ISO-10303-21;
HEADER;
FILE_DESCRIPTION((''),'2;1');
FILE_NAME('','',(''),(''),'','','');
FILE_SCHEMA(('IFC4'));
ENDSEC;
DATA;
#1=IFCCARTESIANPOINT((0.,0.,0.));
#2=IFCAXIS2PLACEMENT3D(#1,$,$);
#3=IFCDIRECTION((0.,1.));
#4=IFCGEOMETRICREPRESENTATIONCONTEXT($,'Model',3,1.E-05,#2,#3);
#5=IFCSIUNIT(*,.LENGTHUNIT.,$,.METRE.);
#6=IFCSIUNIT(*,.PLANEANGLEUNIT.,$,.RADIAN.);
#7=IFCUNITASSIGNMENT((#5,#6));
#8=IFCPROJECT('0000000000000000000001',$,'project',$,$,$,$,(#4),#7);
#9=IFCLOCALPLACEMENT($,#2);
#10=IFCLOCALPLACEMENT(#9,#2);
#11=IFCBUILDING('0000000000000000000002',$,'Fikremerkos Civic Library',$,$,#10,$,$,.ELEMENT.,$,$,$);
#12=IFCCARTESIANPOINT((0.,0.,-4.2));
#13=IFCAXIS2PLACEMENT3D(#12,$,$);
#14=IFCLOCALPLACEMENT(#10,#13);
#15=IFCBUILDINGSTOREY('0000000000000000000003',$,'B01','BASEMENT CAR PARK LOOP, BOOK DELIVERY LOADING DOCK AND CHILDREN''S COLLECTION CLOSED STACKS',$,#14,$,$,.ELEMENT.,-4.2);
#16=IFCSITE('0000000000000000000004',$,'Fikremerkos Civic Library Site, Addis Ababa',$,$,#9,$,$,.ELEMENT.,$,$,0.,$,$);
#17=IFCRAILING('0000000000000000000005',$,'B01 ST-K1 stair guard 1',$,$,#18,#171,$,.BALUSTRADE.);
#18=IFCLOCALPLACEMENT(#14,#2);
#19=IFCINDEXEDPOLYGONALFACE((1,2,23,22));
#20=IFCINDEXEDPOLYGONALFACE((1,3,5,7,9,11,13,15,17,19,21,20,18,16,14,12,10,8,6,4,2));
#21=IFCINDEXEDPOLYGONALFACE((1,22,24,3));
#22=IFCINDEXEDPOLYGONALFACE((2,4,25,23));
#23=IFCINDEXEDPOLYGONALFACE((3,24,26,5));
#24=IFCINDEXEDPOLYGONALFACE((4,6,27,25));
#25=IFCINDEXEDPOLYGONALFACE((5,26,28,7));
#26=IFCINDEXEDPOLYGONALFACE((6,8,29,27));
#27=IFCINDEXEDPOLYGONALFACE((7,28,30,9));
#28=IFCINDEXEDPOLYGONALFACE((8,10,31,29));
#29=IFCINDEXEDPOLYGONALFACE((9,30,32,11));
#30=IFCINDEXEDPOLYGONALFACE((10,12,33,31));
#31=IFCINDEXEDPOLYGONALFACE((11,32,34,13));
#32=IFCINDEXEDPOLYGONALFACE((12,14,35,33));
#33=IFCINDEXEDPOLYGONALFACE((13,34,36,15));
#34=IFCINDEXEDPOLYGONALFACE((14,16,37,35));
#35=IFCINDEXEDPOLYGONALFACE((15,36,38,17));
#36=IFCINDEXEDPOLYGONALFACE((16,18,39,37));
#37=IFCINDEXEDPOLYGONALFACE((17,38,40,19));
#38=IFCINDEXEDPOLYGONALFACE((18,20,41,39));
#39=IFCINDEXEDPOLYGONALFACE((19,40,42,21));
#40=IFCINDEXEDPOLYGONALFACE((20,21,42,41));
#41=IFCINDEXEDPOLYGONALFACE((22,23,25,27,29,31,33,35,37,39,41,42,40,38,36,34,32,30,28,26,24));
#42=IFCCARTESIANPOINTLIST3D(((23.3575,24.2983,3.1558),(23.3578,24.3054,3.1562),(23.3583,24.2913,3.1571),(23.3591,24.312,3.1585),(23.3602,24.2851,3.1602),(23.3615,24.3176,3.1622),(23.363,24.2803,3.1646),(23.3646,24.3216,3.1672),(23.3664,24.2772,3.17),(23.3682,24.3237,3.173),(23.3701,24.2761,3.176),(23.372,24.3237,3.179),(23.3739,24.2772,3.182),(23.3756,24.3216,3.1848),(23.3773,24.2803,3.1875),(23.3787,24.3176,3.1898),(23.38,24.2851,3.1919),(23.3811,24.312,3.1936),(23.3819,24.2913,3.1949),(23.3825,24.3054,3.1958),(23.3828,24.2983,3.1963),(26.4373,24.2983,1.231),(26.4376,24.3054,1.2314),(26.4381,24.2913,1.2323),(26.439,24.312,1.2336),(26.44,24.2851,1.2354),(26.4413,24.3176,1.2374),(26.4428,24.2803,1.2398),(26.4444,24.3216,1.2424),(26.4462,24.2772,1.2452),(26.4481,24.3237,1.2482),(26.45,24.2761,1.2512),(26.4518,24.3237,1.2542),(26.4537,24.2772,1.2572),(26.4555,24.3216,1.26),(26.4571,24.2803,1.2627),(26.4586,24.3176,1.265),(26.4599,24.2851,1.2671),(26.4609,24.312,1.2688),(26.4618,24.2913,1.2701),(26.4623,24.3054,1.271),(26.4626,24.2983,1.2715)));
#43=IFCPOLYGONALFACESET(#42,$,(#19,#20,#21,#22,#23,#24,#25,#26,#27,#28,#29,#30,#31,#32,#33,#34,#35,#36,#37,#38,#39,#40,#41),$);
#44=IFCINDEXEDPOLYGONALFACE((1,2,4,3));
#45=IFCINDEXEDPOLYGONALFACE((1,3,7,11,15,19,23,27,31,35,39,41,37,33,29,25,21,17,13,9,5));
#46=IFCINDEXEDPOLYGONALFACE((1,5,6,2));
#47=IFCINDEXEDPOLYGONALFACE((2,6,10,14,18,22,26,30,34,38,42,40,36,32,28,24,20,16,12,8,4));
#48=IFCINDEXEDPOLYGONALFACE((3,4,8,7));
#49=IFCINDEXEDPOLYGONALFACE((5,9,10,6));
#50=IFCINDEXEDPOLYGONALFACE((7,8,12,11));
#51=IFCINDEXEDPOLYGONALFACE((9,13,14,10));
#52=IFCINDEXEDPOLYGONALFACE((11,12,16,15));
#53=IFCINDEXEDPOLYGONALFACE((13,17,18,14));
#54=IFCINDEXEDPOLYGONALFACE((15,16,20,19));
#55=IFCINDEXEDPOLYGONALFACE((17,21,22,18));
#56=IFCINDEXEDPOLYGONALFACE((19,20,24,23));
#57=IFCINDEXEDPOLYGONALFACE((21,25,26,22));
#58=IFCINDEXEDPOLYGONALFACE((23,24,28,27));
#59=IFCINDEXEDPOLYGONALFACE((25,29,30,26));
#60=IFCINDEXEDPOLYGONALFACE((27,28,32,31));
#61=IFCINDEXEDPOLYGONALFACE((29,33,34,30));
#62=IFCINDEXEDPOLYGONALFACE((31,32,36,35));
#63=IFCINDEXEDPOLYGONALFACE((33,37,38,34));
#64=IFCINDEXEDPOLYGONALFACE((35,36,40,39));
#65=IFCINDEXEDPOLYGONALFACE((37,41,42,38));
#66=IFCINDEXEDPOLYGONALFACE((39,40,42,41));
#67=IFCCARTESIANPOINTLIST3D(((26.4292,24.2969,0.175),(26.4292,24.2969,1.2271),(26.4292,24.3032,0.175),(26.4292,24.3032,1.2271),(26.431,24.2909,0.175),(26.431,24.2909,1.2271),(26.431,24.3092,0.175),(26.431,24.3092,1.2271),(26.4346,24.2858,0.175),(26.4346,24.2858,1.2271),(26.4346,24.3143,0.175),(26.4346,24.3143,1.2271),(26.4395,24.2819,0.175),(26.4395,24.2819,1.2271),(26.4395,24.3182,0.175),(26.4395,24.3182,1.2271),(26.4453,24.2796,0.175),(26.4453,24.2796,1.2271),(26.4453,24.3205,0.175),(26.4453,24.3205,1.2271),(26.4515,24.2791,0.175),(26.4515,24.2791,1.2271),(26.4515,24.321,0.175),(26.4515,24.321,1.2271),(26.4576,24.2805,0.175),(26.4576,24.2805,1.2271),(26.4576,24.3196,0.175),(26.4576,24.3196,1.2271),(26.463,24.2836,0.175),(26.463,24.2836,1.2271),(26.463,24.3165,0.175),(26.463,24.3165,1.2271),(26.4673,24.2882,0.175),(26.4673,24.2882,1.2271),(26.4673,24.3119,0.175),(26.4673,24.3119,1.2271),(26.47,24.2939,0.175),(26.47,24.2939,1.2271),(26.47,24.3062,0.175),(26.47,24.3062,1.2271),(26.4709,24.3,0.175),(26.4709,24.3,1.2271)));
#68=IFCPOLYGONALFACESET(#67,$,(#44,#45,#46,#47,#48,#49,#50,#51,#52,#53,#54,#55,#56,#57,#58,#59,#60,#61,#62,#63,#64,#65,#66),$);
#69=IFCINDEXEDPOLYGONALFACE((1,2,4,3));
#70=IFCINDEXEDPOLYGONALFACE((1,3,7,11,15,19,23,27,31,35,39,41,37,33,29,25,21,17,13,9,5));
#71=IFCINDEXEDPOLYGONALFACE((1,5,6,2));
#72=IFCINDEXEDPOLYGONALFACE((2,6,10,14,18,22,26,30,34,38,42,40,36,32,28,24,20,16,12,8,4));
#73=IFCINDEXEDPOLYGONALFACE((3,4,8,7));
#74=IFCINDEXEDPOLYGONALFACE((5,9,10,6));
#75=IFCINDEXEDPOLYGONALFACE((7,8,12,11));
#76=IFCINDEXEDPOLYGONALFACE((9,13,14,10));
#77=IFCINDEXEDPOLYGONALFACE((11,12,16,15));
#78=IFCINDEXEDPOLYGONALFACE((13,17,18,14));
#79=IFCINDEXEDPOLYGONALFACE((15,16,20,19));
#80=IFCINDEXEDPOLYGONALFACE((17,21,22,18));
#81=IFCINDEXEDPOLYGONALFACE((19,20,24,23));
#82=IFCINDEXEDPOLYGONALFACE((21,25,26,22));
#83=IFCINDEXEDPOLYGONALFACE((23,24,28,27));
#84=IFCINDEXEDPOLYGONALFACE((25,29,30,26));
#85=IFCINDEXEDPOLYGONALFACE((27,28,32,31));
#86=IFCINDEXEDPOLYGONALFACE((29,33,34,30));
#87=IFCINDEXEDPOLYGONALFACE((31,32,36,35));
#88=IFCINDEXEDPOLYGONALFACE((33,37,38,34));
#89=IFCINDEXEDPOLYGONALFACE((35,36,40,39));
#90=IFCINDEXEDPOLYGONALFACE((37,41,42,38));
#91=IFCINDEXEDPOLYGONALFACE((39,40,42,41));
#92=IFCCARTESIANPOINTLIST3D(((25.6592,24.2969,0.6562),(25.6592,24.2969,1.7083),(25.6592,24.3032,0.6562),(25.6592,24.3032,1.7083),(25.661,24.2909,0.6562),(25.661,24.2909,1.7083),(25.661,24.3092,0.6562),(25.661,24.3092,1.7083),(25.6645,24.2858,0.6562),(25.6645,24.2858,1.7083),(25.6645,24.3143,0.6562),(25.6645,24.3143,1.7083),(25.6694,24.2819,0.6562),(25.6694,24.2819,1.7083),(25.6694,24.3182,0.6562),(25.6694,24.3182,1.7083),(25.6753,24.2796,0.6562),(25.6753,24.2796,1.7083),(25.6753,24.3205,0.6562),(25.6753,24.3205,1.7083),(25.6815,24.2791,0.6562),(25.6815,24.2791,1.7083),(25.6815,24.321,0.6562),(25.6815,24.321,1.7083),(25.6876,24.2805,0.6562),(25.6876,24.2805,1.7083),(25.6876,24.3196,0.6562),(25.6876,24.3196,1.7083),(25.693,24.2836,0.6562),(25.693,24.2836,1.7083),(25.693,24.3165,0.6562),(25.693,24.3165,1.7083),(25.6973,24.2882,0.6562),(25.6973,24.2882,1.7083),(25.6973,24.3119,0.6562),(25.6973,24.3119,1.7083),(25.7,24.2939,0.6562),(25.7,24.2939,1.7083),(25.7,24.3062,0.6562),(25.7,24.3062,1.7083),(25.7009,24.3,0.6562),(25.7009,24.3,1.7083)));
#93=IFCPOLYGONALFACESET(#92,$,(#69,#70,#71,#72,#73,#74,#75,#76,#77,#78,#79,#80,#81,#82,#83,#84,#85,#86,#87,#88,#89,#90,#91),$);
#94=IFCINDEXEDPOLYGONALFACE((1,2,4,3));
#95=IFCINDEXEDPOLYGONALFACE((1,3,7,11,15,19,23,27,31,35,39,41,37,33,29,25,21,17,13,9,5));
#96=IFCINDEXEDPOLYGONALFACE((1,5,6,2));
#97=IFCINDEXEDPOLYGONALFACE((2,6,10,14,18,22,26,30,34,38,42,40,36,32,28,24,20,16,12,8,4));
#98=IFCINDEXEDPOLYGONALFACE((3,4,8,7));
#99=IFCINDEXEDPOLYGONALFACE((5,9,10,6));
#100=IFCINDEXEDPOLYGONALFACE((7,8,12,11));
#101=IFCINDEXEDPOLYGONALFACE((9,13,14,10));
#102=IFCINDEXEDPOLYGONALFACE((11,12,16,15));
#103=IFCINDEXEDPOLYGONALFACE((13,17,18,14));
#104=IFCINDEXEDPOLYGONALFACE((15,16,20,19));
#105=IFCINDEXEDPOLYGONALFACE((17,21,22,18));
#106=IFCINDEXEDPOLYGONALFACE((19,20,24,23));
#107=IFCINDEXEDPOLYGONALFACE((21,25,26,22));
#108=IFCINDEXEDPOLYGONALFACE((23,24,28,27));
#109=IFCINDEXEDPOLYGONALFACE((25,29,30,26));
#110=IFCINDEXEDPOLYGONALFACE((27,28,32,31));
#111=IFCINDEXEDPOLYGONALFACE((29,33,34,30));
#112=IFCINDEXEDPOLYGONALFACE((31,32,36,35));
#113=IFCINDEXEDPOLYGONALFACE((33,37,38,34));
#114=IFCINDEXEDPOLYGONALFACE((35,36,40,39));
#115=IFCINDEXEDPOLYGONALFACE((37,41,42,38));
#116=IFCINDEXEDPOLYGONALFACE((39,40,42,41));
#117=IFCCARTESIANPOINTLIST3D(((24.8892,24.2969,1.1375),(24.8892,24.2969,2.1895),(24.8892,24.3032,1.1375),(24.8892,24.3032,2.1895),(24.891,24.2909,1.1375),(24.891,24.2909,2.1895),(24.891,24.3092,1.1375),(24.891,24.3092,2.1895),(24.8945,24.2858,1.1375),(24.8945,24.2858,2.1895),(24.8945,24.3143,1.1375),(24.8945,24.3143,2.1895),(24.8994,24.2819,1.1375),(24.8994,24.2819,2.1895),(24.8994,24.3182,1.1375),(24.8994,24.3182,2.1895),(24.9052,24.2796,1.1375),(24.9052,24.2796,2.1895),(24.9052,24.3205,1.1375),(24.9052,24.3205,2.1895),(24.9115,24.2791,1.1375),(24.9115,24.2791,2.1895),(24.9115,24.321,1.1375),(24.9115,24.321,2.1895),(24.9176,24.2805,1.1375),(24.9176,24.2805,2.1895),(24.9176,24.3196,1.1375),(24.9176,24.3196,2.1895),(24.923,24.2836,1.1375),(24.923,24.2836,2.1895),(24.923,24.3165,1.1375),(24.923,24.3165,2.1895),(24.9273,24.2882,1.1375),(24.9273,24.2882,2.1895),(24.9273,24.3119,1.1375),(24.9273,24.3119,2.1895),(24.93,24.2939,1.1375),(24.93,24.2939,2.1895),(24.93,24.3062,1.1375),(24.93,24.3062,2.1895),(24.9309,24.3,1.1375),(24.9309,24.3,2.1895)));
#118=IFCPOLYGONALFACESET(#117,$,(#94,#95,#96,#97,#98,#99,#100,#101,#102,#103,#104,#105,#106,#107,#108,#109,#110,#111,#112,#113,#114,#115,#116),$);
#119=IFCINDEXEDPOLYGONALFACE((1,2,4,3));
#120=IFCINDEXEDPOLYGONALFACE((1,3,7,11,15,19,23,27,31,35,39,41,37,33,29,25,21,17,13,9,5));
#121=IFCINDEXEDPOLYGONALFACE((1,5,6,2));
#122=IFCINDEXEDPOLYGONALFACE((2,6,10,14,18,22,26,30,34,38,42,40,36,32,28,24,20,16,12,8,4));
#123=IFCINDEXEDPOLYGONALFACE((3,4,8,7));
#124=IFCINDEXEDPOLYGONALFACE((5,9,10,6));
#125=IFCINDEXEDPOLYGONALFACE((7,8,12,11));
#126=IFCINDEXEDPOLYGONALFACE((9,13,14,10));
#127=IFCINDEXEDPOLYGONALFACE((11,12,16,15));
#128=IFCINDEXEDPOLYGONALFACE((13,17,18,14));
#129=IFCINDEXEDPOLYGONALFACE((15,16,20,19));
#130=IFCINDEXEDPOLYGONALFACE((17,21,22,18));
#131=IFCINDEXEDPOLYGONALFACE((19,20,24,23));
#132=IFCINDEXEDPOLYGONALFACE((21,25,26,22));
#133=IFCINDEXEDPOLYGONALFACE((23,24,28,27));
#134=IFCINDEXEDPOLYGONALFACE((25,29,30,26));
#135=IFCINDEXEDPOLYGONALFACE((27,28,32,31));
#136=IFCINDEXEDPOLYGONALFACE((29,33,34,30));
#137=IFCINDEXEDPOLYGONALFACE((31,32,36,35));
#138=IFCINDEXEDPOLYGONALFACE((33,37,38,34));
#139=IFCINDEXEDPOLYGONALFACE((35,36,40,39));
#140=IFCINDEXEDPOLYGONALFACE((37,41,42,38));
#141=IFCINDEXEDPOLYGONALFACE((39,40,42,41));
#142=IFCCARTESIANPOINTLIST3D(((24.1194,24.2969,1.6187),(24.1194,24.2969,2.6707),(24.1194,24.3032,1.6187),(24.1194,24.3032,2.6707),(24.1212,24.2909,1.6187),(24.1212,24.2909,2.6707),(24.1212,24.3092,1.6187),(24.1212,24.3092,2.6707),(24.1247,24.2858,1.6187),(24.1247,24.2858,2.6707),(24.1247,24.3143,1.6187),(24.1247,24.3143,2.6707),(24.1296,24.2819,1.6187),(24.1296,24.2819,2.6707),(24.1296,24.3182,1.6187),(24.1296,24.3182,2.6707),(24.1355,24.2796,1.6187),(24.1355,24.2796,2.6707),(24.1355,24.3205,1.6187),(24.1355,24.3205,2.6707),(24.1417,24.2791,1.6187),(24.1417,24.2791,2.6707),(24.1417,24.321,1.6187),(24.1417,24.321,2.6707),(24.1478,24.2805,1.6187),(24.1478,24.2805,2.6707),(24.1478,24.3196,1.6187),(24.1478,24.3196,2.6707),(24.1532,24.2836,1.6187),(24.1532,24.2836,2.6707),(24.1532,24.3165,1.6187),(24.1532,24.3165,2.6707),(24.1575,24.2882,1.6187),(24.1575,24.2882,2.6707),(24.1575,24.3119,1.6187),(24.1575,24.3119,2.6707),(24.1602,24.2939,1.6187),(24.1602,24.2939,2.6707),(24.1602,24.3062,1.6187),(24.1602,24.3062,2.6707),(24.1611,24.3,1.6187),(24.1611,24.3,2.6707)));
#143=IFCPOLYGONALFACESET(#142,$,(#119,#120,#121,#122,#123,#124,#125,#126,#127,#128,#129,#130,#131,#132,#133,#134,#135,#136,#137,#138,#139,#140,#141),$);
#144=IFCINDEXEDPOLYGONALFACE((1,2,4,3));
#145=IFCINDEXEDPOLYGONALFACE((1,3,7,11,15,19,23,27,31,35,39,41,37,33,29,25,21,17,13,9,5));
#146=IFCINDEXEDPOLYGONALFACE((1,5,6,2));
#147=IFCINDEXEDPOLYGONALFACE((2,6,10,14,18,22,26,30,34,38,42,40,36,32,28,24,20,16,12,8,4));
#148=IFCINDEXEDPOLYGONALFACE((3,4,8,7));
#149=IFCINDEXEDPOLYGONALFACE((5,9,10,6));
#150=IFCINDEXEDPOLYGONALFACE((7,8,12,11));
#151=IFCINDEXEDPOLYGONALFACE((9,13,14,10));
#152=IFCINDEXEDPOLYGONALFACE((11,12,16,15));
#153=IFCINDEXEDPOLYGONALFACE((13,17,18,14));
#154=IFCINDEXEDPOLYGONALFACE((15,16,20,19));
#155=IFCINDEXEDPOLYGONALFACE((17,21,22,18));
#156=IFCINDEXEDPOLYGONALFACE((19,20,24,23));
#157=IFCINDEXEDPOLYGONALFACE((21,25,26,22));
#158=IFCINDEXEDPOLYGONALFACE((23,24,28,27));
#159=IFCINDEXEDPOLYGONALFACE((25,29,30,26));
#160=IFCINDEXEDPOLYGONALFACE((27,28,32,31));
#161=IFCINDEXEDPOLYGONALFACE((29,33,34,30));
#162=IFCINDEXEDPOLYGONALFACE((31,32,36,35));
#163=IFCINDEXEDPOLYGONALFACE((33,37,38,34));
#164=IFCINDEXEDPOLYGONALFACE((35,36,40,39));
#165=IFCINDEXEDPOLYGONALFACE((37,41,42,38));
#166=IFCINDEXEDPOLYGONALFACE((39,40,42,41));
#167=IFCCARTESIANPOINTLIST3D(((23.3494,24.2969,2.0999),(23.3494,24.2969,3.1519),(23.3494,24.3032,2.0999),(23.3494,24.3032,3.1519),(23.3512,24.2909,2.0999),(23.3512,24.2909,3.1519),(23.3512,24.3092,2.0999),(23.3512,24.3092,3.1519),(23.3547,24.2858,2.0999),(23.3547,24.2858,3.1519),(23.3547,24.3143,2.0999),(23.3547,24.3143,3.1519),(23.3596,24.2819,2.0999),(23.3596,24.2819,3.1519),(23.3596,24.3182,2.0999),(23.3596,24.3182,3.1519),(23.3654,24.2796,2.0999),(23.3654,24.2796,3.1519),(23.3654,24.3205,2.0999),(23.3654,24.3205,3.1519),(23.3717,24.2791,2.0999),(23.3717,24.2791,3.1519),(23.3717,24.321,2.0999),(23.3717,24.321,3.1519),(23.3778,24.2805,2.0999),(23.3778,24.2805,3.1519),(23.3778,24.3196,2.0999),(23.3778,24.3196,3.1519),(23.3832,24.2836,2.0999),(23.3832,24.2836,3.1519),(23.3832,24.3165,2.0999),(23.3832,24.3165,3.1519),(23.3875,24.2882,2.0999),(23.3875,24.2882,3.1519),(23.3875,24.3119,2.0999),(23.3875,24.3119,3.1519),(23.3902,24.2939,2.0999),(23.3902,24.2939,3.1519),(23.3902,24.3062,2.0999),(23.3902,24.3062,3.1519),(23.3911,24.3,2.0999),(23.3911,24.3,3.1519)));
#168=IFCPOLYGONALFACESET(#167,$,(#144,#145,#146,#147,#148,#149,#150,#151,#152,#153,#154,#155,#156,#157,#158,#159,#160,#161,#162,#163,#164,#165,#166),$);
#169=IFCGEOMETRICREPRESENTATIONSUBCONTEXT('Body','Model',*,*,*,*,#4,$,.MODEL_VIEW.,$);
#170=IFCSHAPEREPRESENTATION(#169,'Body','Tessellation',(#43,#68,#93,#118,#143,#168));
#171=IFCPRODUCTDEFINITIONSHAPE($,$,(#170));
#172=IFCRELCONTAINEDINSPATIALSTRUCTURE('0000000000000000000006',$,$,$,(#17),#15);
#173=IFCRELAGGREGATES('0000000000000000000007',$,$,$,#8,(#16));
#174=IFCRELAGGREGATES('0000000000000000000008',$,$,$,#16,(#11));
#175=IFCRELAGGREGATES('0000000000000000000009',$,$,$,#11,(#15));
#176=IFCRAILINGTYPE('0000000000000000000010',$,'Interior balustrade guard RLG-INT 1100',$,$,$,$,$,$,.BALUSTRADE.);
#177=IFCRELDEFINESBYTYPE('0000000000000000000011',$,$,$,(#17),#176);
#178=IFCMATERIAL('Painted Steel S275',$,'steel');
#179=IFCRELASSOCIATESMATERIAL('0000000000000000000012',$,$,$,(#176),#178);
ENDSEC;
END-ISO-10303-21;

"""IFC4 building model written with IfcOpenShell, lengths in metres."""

from ifc_helpers import new_model, si_unit, direction, frame, origin, origin_2d, place, context, subcontext, project, spatial, circle, extrude, material, type_object, element, save


model = new_model("IFC4")

# Units and contexts
model_context = context("Model", 3, precision=1e-05, world=origin(), true_north=direction((0.0, 1.0)))
body_context = subcontext(model_context, "Body", "Model", "MODEL_VIEW")
ifc_project = project(units=[si_unit("LENGTHUNIT", "METRE"), si_unit("PLANEANGLEUNIT", "RADIAN")], contexts=[model_context])

# Site, building, storey
site_placement = place(None, origin())
site = spatial("IfcSite", under=ifc_project, at=site_placement, Name="Fikremerkos Civic Library Site, Addis Ababa", CompositionType="ELEMENT", RefElevation=0.0)
building_placement = place(site_placement, origin())
building = spatial("IfcBuilding", under=site, at=building_placement, Name="Fikremerkos Civic Library", CompositionType="ELEMENT")
storey_placement = place(building_placement, frame((0.0, 0.0, -4.2)))
storey = spatial("IfcBuildingStorey", under=building, at=storey_placement, Name="B01", Description="BASEMENT CAR PARK LOOP, BOOK DELIVERY LOADING DOCK AND CHILDREN'S COLLECTION CLOSED STACKS", CompositionType="ELEMENT", Elevation=-4.2)

# Railing
ifc_material_1 = material(Name="Painted Steel S275", Category="steel")
railing_type_1 = type_object("IfcRailingType", Name="Interior balustrade guard RLG-INT 1100", PredefinedType="BALUSTRADE", material=ifc_material_1)
railing_1_placement = place(storey_placement, frame((26.45, 24.3, 0.175)))
element("IfcRailing", 1, at=railing_1_placement, inside=storey, type_object=railing_type_1, Name="B01 ST-K1 stair guard 1", PredefinedType="BALUSTRADE", context=body_context, shape_type="SweptSolid", body=[
    extrude(circle(Radius=0.0239, at=origin_2d()), frame((0.0, 0.0, 1.0762), z_axis=(-0.84801, 0.0, 0.529981), x_axis=(0.0, -1.0, 0.0)), (0.0, 0.0, 1.0), 3.6318),
    extrude(circle(Radius=0.021, at=origin_2d()), origin(), (0.0, 0.0, 1.0), 1.052),
    extrude(circle(Radius=0.021, at=origin_2d()), frame((-0.77, 0.0, 0.4812)), (0.0, 0.0, 1.0), 1.052),
    extrude(circle(Radius=0.021, at=origin_2d()), frame((-1.54, 0.0, 0.9624)), (0.0, 0.0, 1.0), 1.052),
    extrude(circle(Radius=0.021, at=origin_2d()), frame((-2.3098, 0.0, 1.4436)), (0.0, 0.0, 1.0), 1.052),
    extrude(circle(Radius=0.021, at=origin_2d()), frame((-3.0798, 0.0, 1.9248)), (0.0, 0.0, 1.0), 1.052),
])

save(model, "model.ifc")
